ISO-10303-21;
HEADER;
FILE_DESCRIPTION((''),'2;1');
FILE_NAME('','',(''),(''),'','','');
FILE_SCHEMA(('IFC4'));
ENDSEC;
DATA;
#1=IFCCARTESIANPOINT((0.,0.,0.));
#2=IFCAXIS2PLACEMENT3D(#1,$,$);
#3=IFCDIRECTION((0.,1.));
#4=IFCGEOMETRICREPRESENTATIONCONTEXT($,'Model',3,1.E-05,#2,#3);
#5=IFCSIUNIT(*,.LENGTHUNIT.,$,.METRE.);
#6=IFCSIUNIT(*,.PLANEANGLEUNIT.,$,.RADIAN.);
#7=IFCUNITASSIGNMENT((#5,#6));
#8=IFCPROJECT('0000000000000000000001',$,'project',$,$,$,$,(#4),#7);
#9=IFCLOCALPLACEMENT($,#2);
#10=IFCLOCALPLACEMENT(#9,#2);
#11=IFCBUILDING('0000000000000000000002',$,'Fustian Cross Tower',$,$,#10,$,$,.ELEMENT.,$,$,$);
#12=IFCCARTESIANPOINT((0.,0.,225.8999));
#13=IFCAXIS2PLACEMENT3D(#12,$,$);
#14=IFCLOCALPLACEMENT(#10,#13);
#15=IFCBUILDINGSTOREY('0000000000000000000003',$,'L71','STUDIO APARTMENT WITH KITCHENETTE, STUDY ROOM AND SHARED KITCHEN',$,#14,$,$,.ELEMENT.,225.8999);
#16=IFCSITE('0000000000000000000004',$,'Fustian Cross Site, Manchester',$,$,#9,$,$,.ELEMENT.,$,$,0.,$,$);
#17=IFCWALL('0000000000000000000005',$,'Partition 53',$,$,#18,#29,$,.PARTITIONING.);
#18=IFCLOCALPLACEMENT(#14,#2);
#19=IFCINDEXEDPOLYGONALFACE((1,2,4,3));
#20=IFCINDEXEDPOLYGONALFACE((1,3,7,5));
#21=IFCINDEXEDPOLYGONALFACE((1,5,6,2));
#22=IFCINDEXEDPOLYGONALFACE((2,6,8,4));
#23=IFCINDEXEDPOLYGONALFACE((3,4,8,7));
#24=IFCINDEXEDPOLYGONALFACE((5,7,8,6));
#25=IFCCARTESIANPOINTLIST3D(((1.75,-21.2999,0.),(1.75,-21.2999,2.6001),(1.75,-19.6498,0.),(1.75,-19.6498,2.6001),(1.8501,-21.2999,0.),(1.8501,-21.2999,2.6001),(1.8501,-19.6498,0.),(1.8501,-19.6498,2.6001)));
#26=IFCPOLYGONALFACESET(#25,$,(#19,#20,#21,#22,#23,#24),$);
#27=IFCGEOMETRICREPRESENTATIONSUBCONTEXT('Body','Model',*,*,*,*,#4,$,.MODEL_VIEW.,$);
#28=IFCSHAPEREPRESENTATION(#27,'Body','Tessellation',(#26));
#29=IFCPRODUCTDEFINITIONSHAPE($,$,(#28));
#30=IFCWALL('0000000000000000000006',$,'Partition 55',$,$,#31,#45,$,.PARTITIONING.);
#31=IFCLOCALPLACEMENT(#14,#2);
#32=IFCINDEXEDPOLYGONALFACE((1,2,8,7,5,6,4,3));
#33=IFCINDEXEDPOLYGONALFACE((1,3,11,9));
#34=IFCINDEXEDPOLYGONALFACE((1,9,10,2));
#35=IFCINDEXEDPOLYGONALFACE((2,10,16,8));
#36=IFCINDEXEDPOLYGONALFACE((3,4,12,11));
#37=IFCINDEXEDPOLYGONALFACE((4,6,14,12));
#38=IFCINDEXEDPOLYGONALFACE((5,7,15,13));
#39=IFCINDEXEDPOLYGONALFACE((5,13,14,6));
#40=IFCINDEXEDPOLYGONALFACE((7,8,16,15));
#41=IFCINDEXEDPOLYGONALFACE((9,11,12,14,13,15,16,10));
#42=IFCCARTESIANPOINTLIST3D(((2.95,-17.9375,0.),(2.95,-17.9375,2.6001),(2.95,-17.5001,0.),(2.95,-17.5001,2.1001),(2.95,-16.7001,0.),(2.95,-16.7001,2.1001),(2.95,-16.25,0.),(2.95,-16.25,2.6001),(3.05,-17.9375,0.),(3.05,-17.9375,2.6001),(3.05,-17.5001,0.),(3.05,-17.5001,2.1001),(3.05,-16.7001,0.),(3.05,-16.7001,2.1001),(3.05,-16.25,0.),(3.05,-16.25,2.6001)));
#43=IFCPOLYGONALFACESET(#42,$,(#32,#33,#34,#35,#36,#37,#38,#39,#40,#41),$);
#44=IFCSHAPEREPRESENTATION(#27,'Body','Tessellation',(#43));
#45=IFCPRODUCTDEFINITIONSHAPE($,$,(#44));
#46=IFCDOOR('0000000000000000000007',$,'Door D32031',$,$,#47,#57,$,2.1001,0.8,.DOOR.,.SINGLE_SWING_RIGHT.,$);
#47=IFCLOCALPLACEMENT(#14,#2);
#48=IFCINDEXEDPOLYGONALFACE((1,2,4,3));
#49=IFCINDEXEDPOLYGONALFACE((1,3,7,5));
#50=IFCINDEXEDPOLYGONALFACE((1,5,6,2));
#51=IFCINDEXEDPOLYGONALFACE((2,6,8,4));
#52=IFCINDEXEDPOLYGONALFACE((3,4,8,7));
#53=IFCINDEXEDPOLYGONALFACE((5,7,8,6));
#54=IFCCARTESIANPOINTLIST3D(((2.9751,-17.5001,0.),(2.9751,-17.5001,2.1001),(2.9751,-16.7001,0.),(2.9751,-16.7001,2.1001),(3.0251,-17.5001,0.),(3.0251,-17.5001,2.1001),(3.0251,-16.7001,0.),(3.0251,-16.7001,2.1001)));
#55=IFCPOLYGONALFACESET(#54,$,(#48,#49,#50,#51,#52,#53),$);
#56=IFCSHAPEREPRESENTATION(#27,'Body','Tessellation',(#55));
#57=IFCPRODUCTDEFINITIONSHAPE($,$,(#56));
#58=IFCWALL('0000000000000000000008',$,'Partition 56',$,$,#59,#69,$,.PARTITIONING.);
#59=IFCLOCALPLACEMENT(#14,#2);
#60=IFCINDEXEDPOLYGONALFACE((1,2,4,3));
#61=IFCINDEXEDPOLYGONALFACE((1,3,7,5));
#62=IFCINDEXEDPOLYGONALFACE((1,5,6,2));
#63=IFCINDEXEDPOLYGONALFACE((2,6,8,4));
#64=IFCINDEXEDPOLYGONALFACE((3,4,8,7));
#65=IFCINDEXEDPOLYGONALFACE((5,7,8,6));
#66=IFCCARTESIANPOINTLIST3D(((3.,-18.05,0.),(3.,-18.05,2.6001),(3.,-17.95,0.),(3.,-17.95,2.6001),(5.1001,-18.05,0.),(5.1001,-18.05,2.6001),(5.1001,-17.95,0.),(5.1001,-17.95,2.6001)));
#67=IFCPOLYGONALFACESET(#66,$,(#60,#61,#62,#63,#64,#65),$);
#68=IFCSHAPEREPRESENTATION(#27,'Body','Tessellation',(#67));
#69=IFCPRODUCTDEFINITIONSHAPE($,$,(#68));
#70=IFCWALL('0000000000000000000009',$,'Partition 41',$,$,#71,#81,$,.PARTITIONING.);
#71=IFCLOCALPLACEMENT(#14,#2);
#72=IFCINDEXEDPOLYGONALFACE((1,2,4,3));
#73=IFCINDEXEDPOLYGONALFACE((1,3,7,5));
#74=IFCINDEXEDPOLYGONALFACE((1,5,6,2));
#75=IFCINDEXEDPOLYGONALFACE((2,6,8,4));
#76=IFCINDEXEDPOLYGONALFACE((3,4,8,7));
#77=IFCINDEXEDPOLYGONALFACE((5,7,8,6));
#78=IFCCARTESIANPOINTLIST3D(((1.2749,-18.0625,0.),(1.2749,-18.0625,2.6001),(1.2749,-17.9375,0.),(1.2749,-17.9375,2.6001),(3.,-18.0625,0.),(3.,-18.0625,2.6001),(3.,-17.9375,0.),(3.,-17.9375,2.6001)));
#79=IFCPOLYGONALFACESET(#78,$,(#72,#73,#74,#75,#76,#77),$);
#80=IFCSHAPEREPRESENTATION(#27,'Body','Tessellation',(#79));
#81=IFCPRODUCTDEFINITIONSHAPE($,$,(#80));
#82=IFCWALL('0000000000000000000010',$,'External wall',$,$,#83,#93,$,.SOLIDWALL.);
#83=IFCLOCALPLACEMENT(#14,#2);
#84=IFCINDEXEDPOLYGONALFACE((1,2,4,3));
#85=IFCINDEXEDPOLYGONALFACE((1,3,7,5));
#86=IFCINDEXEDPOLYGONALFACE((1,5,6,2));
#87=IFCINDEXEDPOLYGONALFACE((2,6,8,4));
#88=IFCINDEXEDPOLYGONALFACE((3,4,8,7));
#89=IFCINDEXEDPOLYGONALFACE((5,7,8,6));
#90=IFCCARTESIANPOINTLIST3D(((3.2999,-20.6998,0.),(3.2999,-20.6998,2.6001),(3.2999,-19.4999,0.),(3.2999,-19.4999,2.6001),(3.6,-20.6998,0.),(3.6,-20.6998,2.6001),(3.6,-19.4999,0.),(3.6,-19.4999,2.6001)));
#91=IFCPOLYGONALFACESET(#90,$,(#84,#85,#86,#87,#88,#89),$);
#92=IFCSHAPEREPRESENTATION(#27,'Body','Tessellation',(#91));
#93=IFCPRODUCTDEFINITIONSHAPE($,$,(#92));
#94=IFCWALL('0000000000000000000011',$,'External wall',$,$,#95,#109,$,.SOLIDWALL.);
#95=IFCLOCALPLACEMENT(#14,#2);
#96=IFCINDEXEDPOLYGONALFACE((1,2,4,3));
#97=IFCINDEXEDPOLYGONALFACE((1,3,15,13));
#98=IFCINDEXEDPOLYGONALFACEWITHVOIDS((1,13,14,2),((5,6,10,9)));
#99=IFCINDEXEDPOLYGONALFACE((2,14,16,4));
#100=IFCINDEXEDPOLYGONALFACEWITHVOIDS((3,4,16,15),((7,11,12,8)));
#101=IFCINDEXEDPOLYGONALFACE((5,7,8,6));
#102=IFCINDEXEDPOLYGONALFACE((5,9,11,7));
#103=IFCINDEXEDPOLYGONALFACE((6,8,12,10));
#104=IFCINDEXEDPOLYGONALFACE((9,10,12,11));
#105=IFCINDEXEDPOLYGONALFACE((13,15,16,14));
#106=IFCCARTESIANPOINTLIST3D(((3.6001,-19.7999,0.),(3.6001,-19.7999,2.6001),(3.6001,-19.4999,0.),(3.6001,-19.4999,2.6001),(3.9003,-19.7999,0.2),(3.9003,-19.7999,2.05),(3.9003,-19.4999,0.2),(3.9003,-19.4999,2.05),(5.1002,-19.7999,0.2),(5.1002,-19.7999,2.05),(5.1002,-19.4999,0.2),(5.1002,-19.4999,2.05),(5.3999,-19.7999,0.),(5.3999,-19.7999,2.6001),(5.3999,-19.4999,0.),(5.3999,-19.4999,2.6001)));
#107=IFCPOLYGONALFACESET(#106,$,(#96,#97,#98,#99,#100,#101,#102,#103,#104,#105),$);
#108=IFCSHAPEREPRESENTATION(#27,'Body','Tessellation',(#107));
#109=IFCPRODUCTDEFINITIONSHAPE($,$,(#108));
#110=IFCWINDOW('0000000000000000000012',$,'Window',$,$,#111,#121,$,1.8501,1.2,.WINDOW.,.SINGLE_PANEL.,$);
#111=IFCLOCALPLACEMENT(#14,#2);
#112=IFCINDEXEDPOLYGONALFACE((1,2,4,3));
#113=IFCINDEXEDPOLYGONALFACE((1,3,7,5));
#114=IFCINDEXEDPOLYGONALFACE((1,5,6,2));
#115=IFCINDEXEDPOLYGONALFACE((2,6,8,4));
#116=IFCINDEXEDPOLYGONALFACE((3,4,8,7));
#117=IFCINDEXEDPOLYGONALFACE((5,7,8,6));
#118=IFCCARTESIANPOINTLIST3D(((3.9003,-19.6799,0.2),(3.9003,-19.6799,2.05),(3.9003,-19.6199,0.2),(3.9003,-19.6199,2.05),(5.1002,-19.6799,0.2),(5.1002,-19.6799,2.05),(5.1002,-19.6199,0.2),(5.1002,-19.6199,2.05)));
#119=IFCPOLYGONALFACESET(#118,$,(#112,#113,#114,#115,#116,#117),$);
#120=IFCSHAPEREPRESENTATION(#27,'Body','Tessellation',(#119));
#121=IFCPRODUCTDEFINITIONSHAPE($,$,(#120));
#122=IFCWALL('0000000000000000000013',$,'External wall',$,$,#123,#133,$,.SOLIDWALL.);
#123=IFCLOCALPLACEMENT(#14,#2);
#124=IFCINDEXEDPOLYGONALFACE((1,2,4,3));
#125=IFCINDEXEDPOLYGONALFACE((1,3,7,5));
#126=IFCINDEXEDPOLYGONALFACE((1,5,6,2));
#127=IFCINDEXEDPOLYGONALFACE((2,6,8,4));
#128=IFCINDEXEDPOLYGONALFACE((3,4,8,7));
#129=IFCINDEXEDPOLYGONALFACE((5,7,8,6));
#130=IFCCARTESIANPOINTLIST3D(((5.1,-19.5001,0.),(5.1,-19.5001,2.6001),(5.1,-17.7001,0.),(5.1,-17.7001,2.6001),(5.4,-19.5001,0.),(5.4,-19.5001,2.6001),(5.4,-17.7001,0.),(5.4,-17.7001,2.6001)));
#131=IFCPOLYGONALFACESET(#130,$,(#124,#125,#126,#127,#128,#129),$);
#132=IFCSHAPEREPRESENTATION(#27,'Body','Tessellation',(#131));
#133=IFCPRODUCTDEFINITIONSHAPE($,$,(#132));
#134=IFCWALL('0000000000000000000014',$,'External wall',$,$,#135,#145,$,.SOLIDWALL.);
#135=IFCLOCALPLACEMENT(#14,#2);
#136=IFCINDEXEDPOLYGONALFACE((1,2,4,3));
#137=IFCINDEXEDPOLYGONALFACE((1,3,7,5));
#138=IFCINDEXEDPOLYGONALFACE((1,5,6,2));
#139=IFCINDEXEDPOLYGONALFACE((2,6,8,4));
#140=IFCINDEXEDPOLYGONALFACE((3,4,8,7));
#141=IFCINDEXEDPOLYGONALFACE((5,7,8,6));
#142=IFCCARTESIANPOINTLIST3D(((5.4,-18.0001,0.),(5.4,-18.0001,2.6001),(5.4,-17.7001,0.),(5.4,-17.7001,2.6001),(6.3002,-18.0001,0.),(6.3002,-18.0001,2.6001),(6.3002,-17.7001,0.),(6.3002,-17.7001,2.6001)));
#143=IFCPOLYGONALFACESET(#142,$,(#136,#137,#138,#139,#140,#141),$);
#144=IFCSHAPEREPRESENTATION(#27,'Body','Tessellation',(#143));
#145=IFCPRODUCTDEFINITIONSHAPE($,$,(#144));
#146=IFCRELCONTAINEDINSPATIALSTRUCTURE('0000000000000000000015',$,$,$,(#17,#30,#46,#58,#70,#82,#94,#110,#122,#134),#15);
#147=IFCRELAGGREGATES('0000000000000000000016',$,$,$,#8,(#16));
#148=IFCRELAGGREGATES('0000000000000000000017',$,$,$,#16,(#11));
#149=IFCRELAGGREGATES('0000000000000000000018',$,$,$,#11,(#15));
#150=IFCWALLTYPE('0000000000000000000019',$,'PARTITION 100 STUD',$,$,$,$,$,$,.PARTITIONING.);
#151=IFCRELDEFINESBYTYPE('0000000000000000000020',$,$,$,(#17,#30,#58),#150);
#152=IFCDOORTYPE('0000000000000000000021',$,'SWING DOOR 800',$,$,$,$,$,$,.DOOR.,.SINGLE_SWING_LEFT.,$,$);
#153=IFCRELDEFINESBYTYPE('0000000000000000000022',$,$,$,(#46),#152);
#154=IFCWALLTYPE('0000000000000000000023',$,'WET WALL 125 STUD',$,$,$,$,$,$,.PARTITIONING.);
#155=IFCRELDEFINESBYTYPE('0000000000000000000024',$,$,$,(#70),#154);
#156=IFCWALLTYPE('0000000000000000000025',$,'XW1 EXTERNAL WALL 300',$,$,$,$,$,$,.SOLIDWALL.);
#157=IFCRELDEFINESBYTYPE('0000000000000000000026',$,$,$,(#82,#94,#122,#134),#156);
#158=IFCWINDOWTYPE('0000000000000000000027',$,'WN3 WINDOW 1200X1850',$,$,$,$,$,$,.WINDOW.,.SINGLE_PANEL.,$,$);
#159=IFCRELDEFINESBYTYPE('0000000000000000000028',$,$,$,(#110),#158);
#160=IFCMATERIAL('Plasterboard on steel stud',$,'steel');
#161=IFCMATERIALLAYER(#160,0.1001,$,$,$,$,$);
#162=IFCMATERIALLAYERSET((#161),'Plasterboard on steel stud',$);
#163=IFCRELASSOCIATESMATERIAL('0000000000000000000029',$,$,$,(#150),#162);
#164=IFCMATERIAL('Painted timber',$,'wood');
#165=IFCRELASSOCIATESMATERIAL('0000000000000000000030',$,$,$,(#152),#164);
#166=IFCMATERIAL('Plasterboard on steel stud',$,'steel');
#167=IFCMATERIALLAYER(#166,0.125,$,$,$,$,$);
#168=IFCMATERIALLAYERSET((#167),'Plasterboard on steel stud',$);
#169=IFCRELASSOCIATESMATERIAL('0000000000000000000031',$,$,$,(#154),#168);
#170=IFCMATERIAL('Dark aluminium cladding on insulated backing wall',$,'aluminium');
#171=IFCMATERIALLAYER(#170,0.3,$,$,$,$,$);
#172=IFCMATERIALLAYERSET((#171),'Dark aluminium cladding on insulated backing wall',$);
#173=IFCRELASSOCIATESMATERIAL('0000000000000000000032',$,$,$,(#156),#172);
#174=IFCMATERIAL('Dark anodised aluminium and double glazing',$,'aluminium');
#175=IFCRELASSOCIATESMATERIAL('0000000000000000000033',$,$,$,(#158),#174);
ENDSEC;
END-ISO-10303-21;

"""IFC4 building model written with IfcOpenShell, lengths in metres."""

from ifc_helpers import new_model, si_unit, direction, frame, frame_2d, origin, place, context, subcontext, project, spatial, rectangle, extrude, material, layer, layer_set, type_object, element, fill, save


model = new_model("IFC4")

# Units and contexts
model_context = context("Model", 3, precision=1e-05, world=origin(), true_north=direction((0.0, 1.0)))
body_context = subcontext(model_context, "Body", "Model", "MODEL_VIEW")
ifc_project = project(units=[si_unit("LENGTHUNIT", "METRE"), si_unit("PLANEANGLEUNIT", "RADIAN")], contexts=[model_context])

# Site, building, storey
site_placement = place(None, origin())
site = spatial("IfcSite", under=ifc_project, at=site_placement, Name="Fustian Cross Site, Manchester", CompositionType="ELEMENT", RefElevation=0.0)
building_placement = place(site_placement, origin())
building = spatial("IfcBuilding", under=site, at=building_placement, Name="Fustian Cross Tower", CompositionType="ELEMENT")
storey_placement = place(building_placement, frame((0.0, 0.0, 225.8999)))
storey = spatial("IfcBuildingStorey", under=building, at=storey_placement, Name="L71", Description="STUDIO APARTMENT WITH KITCHENETTE, STUDY ROOM AND SHARED KITCHEN", CompositionType="ELEMENT", Elevation=225.8999)

# Wall
ifc_material_1 = material(Name="Plasterboard on steel stud", Category="steel")
ifc_layer_1 = layer(ifc_material_1, 0.1001)
ifc_layer_set_1 = layer_set([ifc_layer_1], Name="Plasterboard on steel stud")
wall_type_1 = type_object("IfcWallType", Name="PARTITION 100 STUD", PredefinedType="PARTITIONING", material=ifc_layer_set_1)
wall_1_placement = place(storey_placement, frame((1.8, -21.3, 0.0), z_axis=(0.0, 0.0, 1.0), x_axis=(0.0, 1.0, 0.0)))
element("IfcWall", 1, at=wall_1_placement, inside=storey, type_object=wall_type_1, Name="Partition 53", PredefinedType="PARTITIONING", context=body_context, shape_type="SweptSolid", body=[
    extrude(rectangle(XDim=1.6501, YDim=0.1001, at=frame_2d((0.8252, 0.0))), origin(), (0.0, 0.0, 1.0), 2.6001),
])

# Wall, opening, door
wall_2_placement = place(storey_placement, frame((3.0, -17.9375, 0.0), z_axis=(0.0, 0.0, 1.0), x_axis=(0.0, 1.0, 0.0)))
wall_2 = element("IfcWall", 2, at=wall_2_placement, inside=storey, type_object=wall_type_1, Name="Partition 55", PredefinedType="PARTITIONING", context=body_context, shape_type="SweptSolid", body=[
    extrude(rectangle(XDim=1.6875, YDim=0.1001, at=frame_2d((0.8438, 0.0))), origin(), (0.0, 0.0, 1.0), 2.6001),
])
opening_1_placement = place(wall_2_placement, frame((0.4375, 0.0, 0.0)))
opening_1 = element("IfcOpeningElement", 3, at=opening_1_placement, cuts=wall_2, PredefinedType="OPENING", context=body_context, shape_type="SweptSolid", body=[
    extrude(rectangle(XDim=0.8, YDim=2.1001, at=frame_2d((0.3999, 1.05))), frame((0.0, 0.0601, 0.0), z_axis=(0.0, -1.0, 0.0), x_axis=(1.0, 0.0, 0.0)), (0.0, 0.0, 1.0), 0.1201),
])
ifc_material_2 = material(Name="Painted timber", Category="wood")
door_type_1 = type_object("IfcDoorType", Name="SWING DOOR 800", OperationType="SINGLE_SWING_LEFT", PredefinedType="DOOR", material=ifc_material_2)
door_1_placement = place(opening_1_placement, origin())
door_1 = element("IfcDoor", 4, at=door_1_placement, inside=storey, type_object=door_type_1, Name="Door D32031", OperationType="SINGLE_SWING_RIGHT", OverallHeight=2.1001, OverallWidth=0.8, PredefinedType="DOOR", context=body_context, shape_type="SweptSolid", body=[
    extrude(rectangle(XDim=0.8, YDim=2.1001, at=frame_2d((0.3999, 1.05))), frame((0.0, 0.0249, 0.0), z_axis=(0.0, -1.0, 0.0), x_axis=(1.0, 0.0, 0.0)), (0.0, 0.0, 1.0), 0.05),
])
fill(opening_1, door_1)

# Walls
wall_3_placement = place(storey_placement, frame((3.0, -18.0, 0.0), z_axis=(0.0, 0.0, 1.0), x_axis=(1.0, 0.0, 0.0)))
element("IfcWall", 5, at=wall_3_placement, inside=storey, type_object=wall_type_1, Name="Partition 56", PredefinedType="PARTITIONING", context=body_context, shape_type="SweptSolid", body=[
    extrude(rectangle(XDim=2.1001, YDim=0.1001, at=frame_2d((1.05, 0.0))), origin(), (0.0, 0.0, 1.0), 2.6001),
])
ifc_material_3 = material(Name="Plasterboard on steel stud", Category="steel")
ifc_layer_2 = layer(ifc_material_3, 0.125)
ifc_layer_set_2 = layer_set([ifc_layer_2], Name="Plasterboard on steel stud")
wall_type_2 = type_object("IfcWallType", Name="WET WALL 125 STUD", PredefinedType="PARTITIONING", material=ifc_layer_set_2)
wall_4_placement = place(storey_placement, frame((1.2749, -18.0, 0.0), z_axis=(0.0, 0.0, 1.0), x_axis=(1.0, 0.0, 0.0)))
element("IfcWall", 6, at=wall_4_placement, inside=storey, type_object=wall_type_2, Name="Partition 41", PredefinedType="PARTITIONING", context=body_context, shape_type="SweptSolid", body=[
    extrude(rectangle(XDim=1.7251, YDim=0.125, at=frame_2d((0.8625, 0.0))), origin(), (0.0, 0.0, 1.0), 2.6001),
])
ifc_material_4 = material(Name="Dark aluminium cladding on insulated backing wall", Category="aluminium")
ifc_layer_3 = layer(ifc_material_4, 0.3)
ifc_layer_set_3 = layer_set([ifc_layer_3], Name="Dark aluminium cladding on insulated backing wall")
wall_type_3 = type_object("IfcWallType", Name="XW1 EXTERNAL WALL 300", PredefinedType="SOLIDWALL", material=ifc_layer_set_3)
wall_5_placement = place(storey_placement, frame((3.45, -20.7, 0.0), z_axis=(0.0, 0.0, 1.0), x_axis=(0.0, 1.0, 0.0)))
element("IfcWall", 7, at=wall_5_placement, inside=storey, type_object=wall_type_3, Name="External wall", PredefinedType="SOLIDWALL", context=body_context, shape_type="SweptSolid", body=[
    extrude(rectangle(XDim=1.2, YDim=0.3, at=frame_2d((0.6001, 0.0))), origin(), (0.0, 0.0, 1.0), 2.6001),
])

# Wall, opening, window
wall_6_placement = place(storey_placement, frame((3.6001, -19.6499, 0.0), z_axis=(0.0, 0.0, 1.0), x_axis=(1.0, 0.0, 0.0)))
wall_6 = element("IfcWall", 8, at=wall_6_placement, inside=storey, type_object=wall_type_3, Name="External wall", PredefinedType="SOLIDWALL", context=body_context, shape_type="SweptSolid", body=[
    extrude(rectangle(XDim=1.7998, YDim=0.3, at=frame_2d((0.8999, 0.0))), origin(), (0.0, 0.0, 1.0), 2.6001),
])
opening_2_placement = place(wall_6_placement, frame((0.3, 0.0, 0.2)))
opening_2 = element("IfcOpeningElement", 9, at=opening_2_placement, cuts=wall_6, PredefinedType="OPENING", context=body_context, shape_type="SweptSolid", body=[
    extrude(rectangle(XDim=1.2, YDim=1.8501, at=frame_2d((0.6001, 0.925))), frame((0.0, 0.1599, 0.0), z_axis=(0.0, -1.0, 0.0), x_axis=(1.0, 0.0, 0.0)), (0.0, 0.0, 1.0), 0.3201),
])
ifc_material_5 = material(Name="Dark anodised aluminium and double glazing", Category="aluminium")
window_type = type_object("IfcWindowType", Name="WN3 WINDOW 1200X1850", PartitioningType="SINGLE_PANEL", PredefinedType="WINDOW", material=ifc_material_5)
window_placement = place(opening_2_placement, origin())
window = element("IfcWindow", 10, at=window_placement, inside=storey, type_object=window_type, Name="Window", OverallHeight=1.8501, OverallWidth=1.2, PartitioningType="SINGLE_PANEL", PredefinedType="WINDOW", context=body_context, shape_type="SweptSolid", body=[
    extrude(rectangle(XDim=1.2, YDim=1.8501, at=frame_2d((0.6001, 0.925))), frame((0.0, 0.03, 0.0), z_axis=(0.0, -1.0, 0.0), x_axis=(1.0, 0.0, 0.0)), (0.0, 0.0, 1.0), 0.0601),
])
fill(opening_2, window)

# Walls
wall_7_placement = place(storey_placement, frame((5.25, -19.5, 0.0), z_axis=(0.0, 0.0, 1.0), x_axis=(0.0, 1.0, 0.0)))
element("IfcWall", 11, at=wall_7_placement, inside=storey, type_object=wall_type_3, Name="External wall", PredefinedType="SOLIDWALL", context=body_context, shape_type="SweptSolid", body=[
    extrude(rectangle(XDim=1.8, YDim=0.3, at=frame_2d((0.8999, 0.0))), origin(), (0.0, 0.0, 1.0), 2.6001),
])
wall_8_placement = place(storey_placement, frame((5.3999, -17.8501, 0.0), z_axis=(0.0, 0.0, 1.0), x_axis=(1.0, 0.0, 0.0)))
element("IfcWall", 12, at=wall_8_placement, inside=storey, type_object=wall_type_3, Name="External wall", PredefinedType="SOLIDWALL", context=body_context, shape_type="SweptSolid", body=[
    extrude(rectangle(XDim=0.9001, YDim=0.3, at=frame_2d((0.4502, 0.0))), origin(), (0.0, 0.0, 1.0), 2.6001),
])

save(model, "model.ifc")
